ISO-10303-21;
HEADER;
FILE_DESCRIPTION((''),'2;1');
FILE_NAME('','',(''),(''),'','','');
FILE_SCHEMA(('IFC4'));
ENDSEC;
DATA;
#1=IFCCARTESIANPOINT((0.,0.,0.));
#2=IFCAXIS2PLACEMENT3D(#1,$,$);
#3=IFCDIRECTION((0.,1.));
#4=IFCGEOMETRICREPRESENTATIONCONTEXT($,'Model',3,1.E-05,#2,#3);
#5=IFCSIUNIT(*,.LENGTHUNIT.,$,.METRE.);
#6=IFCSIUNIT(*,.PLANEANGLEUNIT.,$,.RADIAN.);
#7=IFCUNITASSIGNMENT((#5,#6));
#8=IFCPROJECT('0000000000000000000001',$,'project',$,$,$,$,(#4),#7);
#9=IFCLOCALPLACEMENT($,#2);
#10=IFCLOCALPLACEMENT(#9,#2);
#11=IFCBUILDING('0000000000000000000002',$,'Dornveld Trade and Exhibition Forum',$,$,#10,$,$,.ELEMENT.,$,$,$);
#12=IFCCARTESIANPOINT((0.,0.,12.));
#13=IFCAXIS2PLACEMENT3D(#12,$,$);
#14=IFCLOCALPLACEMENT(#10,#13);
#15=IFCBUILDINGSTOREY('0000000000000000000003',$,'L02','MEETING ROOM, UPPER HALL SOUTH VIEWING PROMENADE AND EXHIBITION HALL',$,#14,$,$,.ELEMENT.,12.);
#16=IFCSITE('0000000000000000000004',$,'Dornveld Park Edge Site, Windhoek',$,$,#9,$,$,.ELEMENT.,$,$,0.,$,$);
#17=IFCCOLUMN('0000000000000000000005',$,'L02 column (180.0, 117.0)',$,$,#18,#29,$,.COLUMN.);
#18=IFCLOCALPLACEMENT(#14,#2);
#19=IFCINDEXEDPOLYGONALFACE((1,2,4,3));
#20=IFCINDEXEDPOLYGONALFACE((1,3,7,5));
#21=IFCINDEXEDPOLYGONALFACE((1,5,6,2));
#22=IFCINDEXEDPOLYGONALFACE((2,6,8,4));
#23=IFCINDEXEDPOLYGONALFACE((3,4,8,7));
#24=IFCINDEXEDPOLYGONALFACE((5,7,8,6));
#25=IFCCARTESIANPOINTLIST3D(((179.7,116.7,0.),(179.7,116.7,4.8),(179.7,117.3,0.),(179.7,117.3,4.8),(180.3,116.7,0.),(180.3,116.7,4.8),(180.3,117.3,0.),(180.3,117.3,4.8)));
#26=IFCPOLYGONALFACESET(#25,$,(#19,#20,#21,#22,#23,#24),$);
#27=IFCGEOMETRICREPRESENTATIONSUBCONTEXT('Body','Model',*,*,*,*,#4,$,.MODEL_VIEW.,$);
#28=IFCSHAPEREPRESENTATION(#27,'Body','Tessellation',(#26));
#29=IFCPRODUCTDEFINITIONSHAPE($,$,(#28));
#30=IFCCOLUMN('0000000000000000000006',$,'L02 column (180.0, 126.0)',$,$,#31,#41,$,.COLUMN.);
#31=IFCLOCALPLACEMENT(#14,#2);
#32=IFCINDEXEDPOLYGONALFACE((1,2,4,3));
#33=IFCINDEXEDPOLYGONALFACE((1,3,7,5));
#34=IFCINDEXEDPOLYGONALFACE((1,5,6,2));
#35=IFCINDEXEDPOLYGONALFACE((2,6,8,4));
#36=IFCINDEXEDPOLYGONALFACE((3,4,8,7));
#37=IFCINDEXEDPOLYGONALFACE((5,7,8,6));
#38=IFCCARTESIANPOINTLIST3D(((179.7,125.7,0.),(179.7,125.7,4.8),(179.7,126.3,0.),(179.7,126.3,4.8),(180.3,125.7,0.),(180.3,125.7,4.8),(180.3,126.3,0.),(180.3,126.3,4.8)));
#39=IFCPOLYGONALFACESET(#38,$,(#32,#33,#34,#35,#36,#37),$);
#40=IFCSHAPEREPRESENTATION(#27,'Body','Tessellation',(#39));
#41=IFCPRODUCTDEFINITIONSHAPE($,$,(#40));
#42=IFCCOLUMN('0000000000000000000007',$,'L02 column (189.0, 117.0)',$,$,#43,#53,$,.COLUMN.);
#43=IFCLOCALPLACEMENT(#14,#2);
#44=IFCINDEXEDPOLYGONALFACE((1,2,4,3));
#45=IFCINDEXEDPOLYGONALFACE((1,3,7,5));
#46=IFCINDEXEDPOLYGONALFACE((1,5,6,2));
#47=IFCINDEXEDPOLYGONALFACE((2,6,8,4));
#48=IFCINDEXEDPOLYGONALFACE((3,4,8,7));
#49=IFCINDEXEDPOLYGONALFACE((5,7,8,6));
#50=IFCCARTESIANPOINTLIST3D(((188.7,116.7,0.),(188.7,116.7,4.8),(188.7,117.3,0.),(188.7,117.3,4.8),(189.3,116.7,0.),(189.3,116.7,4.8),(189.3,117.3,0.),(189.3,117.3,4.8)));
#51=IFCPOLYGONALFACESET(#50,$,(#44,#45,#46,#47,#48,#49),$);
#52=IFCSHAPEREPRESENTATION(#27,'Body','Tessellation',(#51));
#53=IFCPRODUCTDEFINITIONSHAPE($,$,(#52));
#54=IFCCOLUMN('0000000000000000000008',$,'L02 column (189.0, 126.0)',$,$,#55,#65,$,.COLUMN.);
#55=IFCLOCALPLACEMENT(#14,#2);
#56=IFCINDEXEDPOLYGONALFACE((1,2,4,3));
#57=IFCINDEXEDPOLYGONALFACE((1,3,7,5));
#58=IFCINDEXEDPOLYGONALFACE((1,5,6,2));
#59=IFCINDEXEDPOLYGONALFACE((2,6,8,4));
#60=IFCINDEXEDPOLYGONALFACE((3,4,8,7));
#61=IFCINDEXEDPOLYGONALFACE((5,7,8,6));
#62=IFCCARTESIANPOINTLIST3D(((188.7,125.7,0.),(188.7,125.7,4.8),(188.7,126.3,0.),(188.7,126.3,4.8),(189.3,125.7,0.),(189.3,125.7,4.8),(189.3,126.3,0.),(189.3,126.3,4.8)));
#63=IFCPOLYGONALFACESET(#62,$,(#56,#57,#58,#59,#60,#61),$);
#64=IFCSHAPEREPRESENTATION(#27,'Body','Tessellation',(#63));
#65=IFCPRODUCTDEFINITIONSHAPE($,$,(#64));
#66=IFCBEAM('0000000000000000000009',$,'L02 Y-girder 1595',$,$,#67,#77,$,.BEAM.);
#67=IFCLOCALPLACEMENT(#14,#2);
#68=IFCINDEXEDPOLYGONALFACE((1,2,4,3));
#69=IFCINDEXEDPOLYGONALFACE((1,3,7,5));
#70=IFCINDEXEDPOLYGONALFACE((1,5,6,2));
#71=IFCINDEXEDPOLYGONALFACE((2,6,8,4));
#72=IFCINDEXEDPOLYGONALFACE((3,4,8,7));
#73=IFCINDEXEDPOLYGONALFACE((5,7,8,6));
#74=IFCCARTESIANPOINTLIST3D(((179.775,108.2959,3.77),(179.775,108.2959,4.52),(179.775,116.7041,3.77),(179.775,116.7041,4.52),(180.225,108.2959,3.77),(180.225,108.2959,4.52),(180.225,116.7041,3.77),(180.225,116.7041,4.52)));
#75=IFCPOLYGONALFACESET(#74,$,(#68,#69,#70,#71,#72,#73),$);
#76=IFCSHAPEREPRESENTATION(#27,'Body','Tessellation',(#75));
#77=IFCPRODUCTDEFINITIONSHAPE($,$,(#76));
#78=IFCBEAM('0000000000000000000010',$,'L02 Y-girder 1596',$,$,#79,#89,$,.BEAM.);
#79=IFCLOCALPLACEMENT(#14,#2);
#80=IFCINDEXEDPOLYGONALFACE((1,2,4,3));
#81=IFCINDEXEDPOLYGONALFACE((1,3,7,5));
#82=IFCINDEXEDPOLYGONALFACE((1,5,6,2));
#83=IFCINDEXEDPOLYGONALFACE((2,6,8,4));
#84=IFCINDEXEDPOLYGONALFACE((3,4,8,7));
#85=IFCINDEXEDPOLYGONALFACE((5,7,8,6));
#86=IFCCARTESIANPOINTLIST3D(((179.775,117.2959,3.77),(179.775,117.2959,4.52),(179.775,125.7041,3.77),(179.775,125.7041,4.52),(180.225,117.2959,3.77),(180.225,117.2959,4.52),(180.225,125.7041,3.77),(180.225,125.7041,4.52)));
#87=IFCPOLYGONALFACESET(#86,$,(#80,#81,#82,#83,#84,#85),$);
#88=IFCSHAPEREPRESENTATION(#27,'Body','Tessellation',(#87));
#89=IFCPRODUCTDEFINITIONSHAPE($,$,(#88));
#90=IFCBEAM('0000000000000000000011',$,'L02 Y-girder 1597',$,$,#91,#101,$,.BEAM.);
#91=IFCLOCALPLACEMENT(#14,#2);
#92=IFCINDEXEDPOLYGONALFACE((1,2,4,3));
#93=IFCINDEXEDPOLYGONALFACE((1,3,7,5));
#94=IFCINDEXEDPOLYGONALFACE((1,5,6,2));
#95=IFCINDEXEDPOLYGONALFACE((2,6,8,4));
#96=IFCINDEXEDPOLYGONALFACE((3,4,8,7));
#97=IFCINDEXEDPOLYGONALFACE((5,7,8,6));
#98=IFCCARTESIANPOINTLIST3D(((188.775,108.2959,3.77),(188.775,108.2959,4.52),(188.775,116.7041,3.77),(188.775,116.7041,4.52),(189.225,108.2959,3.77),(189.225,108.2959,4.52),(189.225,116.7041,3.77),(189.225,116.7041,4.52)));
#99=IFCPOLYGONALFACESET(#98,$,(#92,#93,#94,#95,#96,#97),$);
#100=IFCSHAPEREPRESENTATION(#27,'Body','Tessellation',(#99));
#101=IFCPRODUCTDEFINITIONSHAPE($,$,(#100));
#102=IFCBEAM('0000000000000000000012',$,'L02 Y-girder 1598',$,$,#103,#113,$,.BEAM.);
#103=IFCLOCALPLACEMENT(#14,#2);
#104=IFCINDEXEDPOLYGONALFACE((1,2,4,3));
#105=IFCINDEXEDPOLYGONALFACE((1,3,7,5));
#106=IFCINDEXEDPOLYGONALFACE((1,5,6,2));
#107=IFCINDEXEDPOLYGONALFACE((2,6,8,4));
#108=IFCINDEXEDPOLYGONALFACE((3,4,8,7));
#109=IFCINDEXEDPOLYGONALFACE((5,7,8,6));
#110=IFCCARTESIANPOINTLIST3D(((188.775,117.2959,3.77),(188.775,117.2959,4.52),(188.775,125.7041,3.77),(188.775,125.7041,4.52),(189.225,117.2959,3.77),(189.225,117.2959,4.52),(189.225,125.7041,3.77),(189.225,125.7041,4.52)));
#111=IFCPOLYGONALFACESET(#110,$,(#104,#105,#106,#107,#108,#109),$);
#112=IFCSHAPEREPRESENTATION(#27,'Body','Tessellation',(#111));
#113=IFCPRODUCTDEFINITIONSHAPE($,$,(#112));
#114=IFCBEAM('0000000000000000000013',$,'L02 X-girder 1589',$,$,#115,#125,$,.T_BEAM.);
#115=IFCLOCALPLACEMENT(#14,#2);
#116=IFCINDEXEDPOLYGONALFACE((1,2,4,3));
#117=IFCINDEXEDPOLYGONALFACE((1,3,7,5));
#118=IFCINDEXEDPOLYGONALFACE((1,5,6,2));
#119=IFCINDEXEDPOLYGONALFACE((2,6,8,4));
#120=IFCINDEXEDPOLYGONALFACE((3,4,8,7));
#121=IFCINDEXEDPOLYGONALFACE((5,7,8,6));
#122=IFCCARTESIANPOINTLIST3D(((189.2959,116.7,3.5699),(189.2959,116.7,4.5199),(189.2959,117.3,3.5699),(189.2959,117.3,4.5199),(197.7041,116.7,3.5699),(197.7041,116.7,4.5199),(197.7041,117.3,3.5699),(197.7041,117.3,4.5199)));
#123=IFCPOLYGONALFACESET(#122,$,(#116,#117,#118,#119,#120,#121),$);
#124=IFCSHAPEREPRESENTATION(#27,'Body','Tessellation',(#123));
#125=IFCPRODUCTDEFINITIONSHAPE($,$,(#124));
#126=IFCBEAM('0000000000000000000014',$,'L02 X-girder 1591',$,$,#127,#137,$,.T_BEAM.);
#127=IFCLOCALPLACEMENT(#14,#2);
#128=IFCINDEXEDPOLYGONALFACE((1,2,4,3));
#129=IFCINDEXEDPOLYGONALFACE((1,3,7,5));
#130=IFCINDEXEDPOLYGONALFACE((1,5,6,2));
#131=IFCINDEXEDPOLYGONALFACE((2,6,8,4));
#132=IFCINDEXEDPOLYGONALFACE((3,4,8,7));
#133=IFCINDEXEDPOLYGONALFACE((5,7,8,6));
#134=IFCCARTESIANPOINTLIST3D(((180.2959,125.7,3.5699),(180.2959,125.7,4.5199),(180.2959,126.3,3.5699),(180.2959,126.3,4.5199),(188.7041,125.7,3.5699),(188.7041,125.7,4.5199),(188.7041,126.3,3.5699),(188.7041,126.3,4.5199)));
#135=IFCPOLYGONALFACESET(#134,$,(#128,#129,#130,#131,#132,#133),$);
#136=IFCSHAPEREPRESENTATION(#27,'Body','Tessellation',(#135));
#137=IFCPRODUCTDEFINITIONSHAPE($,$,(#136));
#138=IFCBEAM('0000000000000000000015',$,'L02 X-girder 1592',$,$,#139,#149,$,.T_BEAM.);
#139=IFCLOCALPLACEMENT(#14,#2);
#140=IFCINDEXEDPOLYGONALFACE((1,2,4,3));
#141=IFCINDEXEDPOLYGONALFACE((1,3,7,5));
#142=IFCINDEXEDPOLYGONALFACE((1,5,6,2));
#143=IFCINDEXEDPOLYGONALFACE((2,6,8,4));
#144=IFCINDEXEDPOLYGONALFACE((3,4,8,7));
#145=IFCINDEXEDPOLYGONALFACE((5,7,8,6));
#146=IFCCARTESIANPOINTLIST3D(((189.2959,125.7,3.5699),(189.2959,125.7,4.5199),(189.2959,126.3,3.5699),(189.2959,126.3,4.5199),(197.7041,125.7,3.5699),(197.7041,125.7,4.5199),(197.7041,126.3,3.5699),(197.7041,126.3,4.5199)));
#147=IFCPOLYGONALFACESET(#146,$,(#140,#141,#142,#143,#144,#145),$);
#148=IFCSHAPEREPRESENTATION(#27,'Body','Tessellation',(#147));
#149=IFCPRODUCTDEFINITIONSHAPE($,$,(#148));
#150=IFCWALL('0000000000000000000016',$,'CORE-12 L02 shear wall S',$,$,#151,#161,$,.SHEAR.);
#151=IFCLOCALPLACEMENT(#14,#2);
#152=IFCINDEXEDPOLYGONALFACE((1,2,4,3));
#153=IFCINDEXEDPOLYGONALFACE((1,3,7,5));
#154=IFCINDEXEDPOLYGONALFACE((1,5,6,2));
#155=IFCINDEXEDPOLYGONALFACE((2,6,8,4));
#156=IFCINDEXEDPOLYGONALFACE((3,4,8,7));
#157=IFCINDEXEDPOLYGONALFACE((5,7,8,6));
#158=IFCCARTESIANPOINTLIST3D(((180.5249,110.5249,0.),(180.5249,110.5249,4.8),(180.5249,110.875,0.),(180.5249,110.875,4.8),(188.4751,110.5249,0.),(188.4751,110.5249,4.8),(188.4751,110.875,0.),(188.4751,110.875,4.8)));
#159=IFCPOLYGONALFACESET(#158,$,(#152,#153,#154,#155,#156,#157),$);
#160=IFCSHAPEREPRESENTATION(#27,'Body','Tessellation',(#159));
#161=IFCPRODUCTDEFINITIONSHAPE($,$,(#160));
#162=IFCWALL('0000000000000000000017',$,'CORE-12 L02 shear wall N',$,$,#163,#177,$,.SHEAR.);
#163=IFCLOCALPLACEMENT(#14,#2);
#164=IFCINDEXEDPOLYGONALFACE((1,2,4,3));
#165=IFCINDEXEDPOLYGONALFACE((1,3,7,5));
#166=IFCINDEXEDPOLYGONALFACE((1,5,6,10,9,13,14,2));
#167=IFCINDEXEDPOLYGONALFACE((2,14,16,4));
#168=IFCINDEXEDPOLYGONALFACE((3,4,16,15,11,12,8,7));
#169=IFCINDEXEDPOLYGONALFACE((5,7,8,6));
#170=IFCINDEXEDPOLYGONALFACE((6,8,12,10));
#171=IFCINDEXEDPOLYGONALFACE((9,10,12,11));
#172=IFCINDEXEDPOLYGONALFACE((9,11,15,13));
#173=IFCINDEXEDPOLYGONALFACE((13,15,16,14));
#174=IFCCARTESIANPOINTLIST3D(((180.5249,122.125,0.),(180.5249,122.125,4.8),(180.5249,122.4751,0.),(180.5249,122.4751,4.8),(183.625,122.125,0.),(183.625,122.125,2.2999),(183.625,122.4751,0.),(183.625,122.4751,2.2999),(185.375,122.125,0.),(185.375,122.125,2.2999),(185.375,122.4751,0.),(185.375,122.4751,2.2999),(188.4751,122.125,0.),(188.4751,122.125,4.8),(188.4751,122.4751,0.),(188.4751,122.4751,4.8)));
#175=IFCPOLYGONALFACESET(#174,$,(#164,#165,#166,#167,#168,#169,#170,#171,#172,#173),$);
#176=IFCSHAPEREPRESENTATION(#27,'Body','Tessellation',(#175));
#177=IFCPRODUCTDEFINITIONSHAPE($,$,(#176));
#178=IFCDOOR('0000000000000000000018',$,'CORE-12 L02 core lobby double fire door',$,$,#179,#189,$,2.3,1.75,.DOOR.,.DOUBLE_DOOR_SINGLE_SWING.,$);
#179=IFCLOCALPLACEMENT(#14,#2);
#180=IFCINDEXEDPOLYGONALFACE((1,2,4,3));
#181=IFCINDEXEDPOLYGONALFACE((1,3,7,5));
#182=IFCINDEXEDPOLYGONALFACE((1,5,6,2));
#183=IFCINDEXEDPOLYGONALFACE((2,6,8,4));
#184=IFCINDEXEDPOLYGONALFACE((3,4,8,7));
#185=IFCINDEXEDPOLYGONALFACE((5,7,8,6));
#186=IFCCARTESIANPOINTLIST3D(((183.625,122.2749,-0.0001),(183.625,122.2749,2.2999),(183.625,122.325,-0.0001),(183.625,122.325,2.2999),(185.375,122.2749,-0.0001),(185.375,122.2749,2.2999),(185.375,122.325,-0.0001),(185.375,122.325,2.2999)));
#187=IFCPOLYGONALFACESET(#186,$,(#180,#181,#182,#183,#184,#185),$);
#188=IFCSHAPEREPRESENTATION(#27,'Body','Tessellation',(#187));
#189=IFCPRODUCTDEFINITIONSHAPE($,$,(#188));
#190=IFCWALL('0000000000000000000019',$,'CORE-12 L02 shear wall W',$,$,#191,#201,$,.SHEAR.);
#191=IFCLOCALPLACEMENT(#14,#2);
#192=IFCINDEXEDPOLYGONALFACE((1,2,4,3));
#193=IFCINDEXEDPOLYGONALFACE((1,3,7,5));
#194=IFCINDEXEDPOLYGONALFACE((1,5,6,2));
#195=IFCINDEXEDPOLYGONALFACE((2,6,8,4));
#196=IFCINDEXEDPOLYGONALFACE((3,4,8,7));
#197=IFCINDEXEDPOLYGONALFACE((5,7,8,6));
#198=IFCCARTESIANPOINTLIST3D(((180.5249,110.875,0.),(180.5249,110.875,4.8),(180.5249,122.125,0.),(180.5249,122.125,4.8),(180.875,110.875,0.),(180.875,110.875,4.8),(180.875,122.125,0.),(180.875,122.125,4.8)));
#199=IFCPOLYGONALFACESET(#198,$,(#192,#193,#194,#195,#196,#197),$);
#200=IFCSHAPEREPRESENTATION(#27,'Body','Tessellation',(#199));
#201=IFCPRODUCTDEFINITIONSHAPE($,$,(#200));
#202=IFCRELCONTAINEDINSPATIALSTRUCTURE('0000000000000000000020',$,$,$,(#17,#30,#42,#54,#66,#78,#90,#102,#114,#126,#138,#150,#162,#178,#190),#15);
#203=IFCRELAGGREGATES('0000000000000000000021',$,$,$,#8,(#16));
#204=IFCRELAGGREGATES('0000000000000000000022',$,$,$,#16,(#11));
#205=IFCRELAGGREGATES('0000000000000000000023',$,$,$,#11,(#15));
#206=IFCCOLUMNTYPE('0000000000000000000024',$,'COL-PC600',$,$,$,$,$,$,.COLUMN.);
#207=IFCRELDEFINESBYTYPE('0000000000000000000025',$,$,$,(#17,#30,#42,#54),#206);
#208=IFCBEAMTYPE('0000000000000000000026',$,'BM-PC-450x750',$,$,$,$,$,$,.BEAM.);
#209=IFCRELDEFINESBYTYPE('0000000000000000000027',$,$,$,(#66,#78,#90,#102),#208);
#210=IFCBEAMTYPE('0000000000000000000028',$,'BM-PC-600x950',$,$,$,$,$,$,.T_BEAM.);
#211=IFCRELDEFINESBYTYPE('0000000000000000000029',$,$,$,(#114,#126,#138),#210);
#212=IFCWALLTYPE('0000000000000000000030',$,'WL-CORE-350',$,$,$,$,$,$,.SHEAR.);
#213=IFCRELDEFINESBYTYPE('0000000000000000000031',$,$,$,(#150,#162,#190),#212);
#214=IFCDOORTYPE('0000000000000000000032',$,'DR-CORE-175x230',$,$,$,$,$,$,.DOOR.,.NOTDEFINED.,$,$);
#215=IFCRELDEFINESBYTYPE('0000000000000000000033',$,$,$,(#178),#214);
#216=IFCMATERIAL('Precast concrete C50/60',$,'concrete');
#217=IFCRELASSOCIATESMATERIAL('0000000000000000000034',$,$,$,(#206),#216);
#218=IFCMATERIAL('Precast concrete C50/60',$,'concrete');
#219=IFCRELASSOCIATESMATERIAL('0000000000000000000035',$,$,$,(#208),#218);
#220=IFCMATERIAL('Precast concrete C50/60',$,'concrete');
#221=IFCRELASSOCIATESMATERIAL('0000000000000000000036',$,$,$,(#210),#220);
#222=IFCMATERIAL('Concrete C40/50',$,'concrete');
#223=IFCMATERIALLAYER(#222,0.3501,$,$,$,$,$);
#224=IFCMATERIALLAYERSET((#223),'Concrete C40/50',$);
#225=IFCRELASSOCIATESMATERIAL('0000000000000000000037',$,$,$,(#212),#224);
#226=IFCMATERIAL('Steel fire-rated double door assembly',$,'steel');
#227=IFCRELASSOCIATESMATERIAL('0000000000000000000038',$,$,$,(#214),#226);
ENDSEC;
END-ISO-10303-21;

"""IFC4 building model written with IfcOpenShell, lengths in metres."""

from ifc_helpers import new_model, si_unit, direction, frame, frame_2d, origin, origin_2d, place, context, subcontext, project, spatial, rectangle, extrude, material, layer, layer_set, material_profile, profile_set, type_object, element, fill, save


model = new_model("IFC4")

# Units and contexts
model_context = context("Model", 3, precision=1e-05, world=origin(), true_north=direction((0.0, 1.0)))
body_context = subcontext(model_context, "Body", "Model", "MODEL_VIEW")
ifc_project = project(units=[si_unit("LENGTHUNIT", "METRE"), si_unit("PLANEANGLEUNIT", "RADIAN")], contexts=[model_context])

# Site, building, storey
site_placement = place(None, origin())
site = spatial("IfcSite", under=ifc_project, at=site_placement, Name="Dornveld Park Edge Site, Windhoek", CompositionType="ELEMENT", RefElevation=0.0)
building_placement = place(site_placement, origin())
building = spatial("IfcBuilding", under=site, at=building_placement, Name="Dornveld Trade and Exhibition Forum", CompositionType="ELEMENT")
storey_placement = place(building_placement, frame((0.0, 0.0, 12.0)))
storey = spatial("IfcBuildingStorey", under=building, at=storey_placement, Name="L02", Description="MEETING ROOM, UPPER HALL SOUTH VIEWING PROMENADE AND EXHIBITION HALL", CompositionType="ELEMENT", Elevation=12.0)

# Columns
ifc_material_1 = material(Name="Precast concrete C50/60", Category="concrete")
ifc_material_profile_1 = material_profile(ifc_material_1, rectangle(XDim=0.6001, YDim=0.6001, at=origin_2d()), Name="PC-COL 600x600")
ifc_profile_set_1 = profile_set([ifc_material_profile_1], Name="Precast concrete C50/60")
column_type = type_object("IfcColumnType", Name="COL-PC600", PredefinedType="COLUMN", material=ifc_profile_set_1)
for number, where, z_axis, x_axis, name in (
    (1, (180.0, 117.0, 0.0), (0.0, 0.0, 1.0), (1.0, 0.0, 0.0), "L02 column (180.0, 117.0)"),
    (2, (180.0, 126.0, 0.0), (0.0, 0.0, 1.0), (1.0, 0.0, 0.0), "L02 column (180.0, 126.0)"),
    (3, (189.0, 117.0, 0.0), (0.0, 0.0, 1.0), (1.0, 0.0, 0.0), "L02 column (189.0, 117.0)"),
    (4, (189.0, 126.0, 0.0), (0.0, 0.0, 1.0), (1.0, 0.0, 0.0), "L02 column (189.0, 126.0)"),
):
    element("IfcColumn", number, at=place(storey_placement, frame(where, z_axis=z_axis, x_axis=x_axis)), inside=storey, type_object=column_type, Name=name, PredefinedType="COLUMN", context=body_context, shape_type="SweptSolid", body=[
        extrude(rectangle(XDim=0.6001, YDim=0.6001, at=origin_2d()), origin(), (0.0, 0.0, 1.0), 4.8),
    ])

# Beams
ifc_material_2 = material(Name="Precast concrete C50/60", Category="concrete")
ifc_material_profile_2 = material_profile(ifc_material_2, rectangle(XDim=0.45, YDim=0.75, at=origin_2d()), Name="PC-BM 450x750")
ifc_profile_set_2 = profile_set([ifc_material_profile_2], Name="Precast concrete C50/60")
beam_type_1 = type_object("IfcBeamType", Name="BM-PC-450x750", PredefinedType="BEAM", material=ifc_profile_set_2)
for number, where, z_axis, x_axis, name in (
    (5, (180.0, 108.2959, 4.145), (0.0, 1.0, 0.0), (-1.0, 0.0, 0.0), "L02 Y-girder 1595"),
    (6, (180.0, 117.2959, 4.145), (0.0, 1.0, 0.0), (-1.0, 0.0, 0.0), "L02 Y-girder 1596"),
    (7, (189.0, 108.2959, 4.145), (0.0, 1.0, 0.0), (-1.0, 0.0, 0.0), "L02 Y-girder 1597"),
    (8, (189.0, 117.2959, 4.145), (0.0, 1.0, 0.0), (-1.0, 0.0, 0.0), "L02 Y-girder 1598"),
):
    element("IfcBeam", number, at=place(storey_placement, frame(where, z_axis=z_axis, x_axis=x_axis)), inside=storey, type_object=beam_type_1, Name=name, PredefinedType="BEAM", context=body_context, shape_type="SweptSolid", body=[
        extrude(rectangle(XDim=0.45, YDim=0.75, at=origin_2d()), origin(), (0.0, 0.0, 1.0), 8.4082),
    ])
ifc_material_3 = material(Name="Precast concrete C50/60", Category="concrete")
ifc_material_profile_3 = material_profile(ifc_material_3, rectangle(XDim=0.6001, YDim=0.95, at=origin_2d()), Name="PC-GIR 600x950")
ifc_profile_set_3 = profile_set([ifc_material_profile_3], Name="Precast concrete C50/60")
beam_type_2 = type_object("IfcBeamType", Name="BM-PC-600x950", PredefinedType="T_BEAM", material=ifc_profile_set_3)
for number, where, z_axis, x_axis, name in (
    (9, (189.2959, 117.0, 4.0449), (1.0, 0.0, 0.0), (0.0, 1.0, 0.0), "L02 X-girder 1589"),
    (10, (180.2959, 126.0, 4.0449), (1.0, 0.0, 0.0), (0.0, 1.0, 0.0), "L02 X-girder 1591"),
    (11, (189.2959, 126.0, 4.0449), (1.0, 0.0, 0.0), (0.0, 1.0, 0.0), "L02 X-girder 1592"),
):
    element("IfcBeam", number, at=place(storey_placement, frame(where, z_axis=z_axis, x_axis=x_axis)), inside=storey, type_object=beam_type_2, Name=name, PredefinedType="T_BEAM", context=body_context, shape_type="SweptSolid", body=[
        extrude(rectangle(XDim=0.6001, YDim=0.95, at=origin_2d()), origin(), (0.0, 0.0, 1.0), 8.4082),
    ])

# Wall
ifc_material_4 = material(Name="Concrete C40/50", Category="concrete")
ifc_layer_1 = layer(ifc_material_4, 0.3501)
ifc_layer_set_1 = layer_set([ifc_layer_1], Name="Concrete C40/50")
wall_type_1 = type_object("IfcWallType", Name="WL-CORE-350", PredefinedType="SHEAR", material=ifc_layer_set_1)
wall_1_placement = place(storey_placement, frame((180.5249, 110.7, 0.0), z_axis=(0.0, 0.0, 1.0), x_axis=(1.0, 0.0, 0.0)))
element("IfcWall", 12, at=wall_1_placement, inside=storey, type_object=wall_type_1, Name="CORE-12 L02 shear wall S", PredefinedType="SHEAR", context=body_context, shape_type="SweptSolid", body=[
    extrude(rectangle(XDim=7.9502, YDim=0.3501, at=frame_2d((3.9751, 0.0))), origin(), (0.0, 0.0, 1.0), 4.8),
])

# Wall, opening, door
wall_2_placement = place(storey_placement, frame((180.5249, 122.3, 0.0), z_axis=(0.0, 0.0, 1.0), x_axis=(1.0, 0.0, 0.0)))
wall_2 = element("IfcWall", 13, at=wall_2_placement, inside=storey, type_object=wall_type_1, Name="CORE-12 L02 shear wall N", PredefinedType="SHEAR", context=body_context, shape_type="SweptSolid", body=[
    extrude(rectangle(XDim=7.9502, YDim=0.3501, at=frame_2d((3.9751, 0.0))), origin(), (0.0, 0.0, 1.0), 4.8),
])
opening_1_placement = place(wall_2_placement, frame((3.1001, 0.0, 0.0)))
opening_1 = element("IfcOpeningElement", 14, at=opening_1_placement, cuts=wall_2, PredefinedType="OPENING", context=body_context, shape_type="SweptSolid", body=[
    extrude(rectangle(XDim=1.75, YDim=2.3, at=frame_2d((0.875, 1.1499))), frame((0.0, 0.1851, 0.0), z_axis=(0.0, -1.0, 0.0), x_axis=(1.0, 0.0, 0.0)), (0.0, 0.0, 1.0), 0.3701),
])
ifc_material_5 = material(Name="Steel fire-rated double door assembly", Category="steel")
door_type_1 = type_object("IfcDoorType", Name="DR-CORE-175x230", OperationType="NOTDEFINED", PredefinedType="DOOR", material=ifc_material_5)
door_1_placement = place(opening_1_placement, origin())
door_1 = element("IfcDoor", 15, at=door_1_placement, inside=storey, type_object=door_type_1, Name="CORE-12 L02 core lobby double fire door", OperationType="DOUBLE_DOOR_SINGLE_SWING", OverallHeight=2.3, OverallWidth=1.75, PredefinedType="DOOR", context=body_context, shape_type="SweptSolid", body=[
    extrude(rectangle(XDim=1.75, YDim=2.3, at=frame_2d((0.875, 1.1499))), frame((0.0, 0.0249, 0.0), z_axis=(0.0, -1.0, 0.0), x_axis=(1.0, 0.0, 0.0)), (0.0, 0.0, 1.0), 0.05),
])
fill(opening_1, door_1)

# Wall
for number, where, z_axis, x_axis, name in (
    (16, (180.7, 110.875, 0.0), (0.0, 0.0, 1.0), (0.0, 1.0, 0.0), "CORE-12 L02 shear wall W"),
):
    element("IfcWall", number, at=place(storey_placement, frame(where, z_axis=z_axis, x_axis=x_axis)), inside=storey, type_object=wall_type_1, Name=name, PredefinedType="SHEAR", context=body_context, shape_type="SweptSolid", body=[
        extrude(rectangle(XDim=11.25, YDim=0.3501, at=frame_2d((5.625, 0.0))), origin(), (0.0, 0.0, 1.0), 4.8),
    ])

save(model, "model.ifc")
